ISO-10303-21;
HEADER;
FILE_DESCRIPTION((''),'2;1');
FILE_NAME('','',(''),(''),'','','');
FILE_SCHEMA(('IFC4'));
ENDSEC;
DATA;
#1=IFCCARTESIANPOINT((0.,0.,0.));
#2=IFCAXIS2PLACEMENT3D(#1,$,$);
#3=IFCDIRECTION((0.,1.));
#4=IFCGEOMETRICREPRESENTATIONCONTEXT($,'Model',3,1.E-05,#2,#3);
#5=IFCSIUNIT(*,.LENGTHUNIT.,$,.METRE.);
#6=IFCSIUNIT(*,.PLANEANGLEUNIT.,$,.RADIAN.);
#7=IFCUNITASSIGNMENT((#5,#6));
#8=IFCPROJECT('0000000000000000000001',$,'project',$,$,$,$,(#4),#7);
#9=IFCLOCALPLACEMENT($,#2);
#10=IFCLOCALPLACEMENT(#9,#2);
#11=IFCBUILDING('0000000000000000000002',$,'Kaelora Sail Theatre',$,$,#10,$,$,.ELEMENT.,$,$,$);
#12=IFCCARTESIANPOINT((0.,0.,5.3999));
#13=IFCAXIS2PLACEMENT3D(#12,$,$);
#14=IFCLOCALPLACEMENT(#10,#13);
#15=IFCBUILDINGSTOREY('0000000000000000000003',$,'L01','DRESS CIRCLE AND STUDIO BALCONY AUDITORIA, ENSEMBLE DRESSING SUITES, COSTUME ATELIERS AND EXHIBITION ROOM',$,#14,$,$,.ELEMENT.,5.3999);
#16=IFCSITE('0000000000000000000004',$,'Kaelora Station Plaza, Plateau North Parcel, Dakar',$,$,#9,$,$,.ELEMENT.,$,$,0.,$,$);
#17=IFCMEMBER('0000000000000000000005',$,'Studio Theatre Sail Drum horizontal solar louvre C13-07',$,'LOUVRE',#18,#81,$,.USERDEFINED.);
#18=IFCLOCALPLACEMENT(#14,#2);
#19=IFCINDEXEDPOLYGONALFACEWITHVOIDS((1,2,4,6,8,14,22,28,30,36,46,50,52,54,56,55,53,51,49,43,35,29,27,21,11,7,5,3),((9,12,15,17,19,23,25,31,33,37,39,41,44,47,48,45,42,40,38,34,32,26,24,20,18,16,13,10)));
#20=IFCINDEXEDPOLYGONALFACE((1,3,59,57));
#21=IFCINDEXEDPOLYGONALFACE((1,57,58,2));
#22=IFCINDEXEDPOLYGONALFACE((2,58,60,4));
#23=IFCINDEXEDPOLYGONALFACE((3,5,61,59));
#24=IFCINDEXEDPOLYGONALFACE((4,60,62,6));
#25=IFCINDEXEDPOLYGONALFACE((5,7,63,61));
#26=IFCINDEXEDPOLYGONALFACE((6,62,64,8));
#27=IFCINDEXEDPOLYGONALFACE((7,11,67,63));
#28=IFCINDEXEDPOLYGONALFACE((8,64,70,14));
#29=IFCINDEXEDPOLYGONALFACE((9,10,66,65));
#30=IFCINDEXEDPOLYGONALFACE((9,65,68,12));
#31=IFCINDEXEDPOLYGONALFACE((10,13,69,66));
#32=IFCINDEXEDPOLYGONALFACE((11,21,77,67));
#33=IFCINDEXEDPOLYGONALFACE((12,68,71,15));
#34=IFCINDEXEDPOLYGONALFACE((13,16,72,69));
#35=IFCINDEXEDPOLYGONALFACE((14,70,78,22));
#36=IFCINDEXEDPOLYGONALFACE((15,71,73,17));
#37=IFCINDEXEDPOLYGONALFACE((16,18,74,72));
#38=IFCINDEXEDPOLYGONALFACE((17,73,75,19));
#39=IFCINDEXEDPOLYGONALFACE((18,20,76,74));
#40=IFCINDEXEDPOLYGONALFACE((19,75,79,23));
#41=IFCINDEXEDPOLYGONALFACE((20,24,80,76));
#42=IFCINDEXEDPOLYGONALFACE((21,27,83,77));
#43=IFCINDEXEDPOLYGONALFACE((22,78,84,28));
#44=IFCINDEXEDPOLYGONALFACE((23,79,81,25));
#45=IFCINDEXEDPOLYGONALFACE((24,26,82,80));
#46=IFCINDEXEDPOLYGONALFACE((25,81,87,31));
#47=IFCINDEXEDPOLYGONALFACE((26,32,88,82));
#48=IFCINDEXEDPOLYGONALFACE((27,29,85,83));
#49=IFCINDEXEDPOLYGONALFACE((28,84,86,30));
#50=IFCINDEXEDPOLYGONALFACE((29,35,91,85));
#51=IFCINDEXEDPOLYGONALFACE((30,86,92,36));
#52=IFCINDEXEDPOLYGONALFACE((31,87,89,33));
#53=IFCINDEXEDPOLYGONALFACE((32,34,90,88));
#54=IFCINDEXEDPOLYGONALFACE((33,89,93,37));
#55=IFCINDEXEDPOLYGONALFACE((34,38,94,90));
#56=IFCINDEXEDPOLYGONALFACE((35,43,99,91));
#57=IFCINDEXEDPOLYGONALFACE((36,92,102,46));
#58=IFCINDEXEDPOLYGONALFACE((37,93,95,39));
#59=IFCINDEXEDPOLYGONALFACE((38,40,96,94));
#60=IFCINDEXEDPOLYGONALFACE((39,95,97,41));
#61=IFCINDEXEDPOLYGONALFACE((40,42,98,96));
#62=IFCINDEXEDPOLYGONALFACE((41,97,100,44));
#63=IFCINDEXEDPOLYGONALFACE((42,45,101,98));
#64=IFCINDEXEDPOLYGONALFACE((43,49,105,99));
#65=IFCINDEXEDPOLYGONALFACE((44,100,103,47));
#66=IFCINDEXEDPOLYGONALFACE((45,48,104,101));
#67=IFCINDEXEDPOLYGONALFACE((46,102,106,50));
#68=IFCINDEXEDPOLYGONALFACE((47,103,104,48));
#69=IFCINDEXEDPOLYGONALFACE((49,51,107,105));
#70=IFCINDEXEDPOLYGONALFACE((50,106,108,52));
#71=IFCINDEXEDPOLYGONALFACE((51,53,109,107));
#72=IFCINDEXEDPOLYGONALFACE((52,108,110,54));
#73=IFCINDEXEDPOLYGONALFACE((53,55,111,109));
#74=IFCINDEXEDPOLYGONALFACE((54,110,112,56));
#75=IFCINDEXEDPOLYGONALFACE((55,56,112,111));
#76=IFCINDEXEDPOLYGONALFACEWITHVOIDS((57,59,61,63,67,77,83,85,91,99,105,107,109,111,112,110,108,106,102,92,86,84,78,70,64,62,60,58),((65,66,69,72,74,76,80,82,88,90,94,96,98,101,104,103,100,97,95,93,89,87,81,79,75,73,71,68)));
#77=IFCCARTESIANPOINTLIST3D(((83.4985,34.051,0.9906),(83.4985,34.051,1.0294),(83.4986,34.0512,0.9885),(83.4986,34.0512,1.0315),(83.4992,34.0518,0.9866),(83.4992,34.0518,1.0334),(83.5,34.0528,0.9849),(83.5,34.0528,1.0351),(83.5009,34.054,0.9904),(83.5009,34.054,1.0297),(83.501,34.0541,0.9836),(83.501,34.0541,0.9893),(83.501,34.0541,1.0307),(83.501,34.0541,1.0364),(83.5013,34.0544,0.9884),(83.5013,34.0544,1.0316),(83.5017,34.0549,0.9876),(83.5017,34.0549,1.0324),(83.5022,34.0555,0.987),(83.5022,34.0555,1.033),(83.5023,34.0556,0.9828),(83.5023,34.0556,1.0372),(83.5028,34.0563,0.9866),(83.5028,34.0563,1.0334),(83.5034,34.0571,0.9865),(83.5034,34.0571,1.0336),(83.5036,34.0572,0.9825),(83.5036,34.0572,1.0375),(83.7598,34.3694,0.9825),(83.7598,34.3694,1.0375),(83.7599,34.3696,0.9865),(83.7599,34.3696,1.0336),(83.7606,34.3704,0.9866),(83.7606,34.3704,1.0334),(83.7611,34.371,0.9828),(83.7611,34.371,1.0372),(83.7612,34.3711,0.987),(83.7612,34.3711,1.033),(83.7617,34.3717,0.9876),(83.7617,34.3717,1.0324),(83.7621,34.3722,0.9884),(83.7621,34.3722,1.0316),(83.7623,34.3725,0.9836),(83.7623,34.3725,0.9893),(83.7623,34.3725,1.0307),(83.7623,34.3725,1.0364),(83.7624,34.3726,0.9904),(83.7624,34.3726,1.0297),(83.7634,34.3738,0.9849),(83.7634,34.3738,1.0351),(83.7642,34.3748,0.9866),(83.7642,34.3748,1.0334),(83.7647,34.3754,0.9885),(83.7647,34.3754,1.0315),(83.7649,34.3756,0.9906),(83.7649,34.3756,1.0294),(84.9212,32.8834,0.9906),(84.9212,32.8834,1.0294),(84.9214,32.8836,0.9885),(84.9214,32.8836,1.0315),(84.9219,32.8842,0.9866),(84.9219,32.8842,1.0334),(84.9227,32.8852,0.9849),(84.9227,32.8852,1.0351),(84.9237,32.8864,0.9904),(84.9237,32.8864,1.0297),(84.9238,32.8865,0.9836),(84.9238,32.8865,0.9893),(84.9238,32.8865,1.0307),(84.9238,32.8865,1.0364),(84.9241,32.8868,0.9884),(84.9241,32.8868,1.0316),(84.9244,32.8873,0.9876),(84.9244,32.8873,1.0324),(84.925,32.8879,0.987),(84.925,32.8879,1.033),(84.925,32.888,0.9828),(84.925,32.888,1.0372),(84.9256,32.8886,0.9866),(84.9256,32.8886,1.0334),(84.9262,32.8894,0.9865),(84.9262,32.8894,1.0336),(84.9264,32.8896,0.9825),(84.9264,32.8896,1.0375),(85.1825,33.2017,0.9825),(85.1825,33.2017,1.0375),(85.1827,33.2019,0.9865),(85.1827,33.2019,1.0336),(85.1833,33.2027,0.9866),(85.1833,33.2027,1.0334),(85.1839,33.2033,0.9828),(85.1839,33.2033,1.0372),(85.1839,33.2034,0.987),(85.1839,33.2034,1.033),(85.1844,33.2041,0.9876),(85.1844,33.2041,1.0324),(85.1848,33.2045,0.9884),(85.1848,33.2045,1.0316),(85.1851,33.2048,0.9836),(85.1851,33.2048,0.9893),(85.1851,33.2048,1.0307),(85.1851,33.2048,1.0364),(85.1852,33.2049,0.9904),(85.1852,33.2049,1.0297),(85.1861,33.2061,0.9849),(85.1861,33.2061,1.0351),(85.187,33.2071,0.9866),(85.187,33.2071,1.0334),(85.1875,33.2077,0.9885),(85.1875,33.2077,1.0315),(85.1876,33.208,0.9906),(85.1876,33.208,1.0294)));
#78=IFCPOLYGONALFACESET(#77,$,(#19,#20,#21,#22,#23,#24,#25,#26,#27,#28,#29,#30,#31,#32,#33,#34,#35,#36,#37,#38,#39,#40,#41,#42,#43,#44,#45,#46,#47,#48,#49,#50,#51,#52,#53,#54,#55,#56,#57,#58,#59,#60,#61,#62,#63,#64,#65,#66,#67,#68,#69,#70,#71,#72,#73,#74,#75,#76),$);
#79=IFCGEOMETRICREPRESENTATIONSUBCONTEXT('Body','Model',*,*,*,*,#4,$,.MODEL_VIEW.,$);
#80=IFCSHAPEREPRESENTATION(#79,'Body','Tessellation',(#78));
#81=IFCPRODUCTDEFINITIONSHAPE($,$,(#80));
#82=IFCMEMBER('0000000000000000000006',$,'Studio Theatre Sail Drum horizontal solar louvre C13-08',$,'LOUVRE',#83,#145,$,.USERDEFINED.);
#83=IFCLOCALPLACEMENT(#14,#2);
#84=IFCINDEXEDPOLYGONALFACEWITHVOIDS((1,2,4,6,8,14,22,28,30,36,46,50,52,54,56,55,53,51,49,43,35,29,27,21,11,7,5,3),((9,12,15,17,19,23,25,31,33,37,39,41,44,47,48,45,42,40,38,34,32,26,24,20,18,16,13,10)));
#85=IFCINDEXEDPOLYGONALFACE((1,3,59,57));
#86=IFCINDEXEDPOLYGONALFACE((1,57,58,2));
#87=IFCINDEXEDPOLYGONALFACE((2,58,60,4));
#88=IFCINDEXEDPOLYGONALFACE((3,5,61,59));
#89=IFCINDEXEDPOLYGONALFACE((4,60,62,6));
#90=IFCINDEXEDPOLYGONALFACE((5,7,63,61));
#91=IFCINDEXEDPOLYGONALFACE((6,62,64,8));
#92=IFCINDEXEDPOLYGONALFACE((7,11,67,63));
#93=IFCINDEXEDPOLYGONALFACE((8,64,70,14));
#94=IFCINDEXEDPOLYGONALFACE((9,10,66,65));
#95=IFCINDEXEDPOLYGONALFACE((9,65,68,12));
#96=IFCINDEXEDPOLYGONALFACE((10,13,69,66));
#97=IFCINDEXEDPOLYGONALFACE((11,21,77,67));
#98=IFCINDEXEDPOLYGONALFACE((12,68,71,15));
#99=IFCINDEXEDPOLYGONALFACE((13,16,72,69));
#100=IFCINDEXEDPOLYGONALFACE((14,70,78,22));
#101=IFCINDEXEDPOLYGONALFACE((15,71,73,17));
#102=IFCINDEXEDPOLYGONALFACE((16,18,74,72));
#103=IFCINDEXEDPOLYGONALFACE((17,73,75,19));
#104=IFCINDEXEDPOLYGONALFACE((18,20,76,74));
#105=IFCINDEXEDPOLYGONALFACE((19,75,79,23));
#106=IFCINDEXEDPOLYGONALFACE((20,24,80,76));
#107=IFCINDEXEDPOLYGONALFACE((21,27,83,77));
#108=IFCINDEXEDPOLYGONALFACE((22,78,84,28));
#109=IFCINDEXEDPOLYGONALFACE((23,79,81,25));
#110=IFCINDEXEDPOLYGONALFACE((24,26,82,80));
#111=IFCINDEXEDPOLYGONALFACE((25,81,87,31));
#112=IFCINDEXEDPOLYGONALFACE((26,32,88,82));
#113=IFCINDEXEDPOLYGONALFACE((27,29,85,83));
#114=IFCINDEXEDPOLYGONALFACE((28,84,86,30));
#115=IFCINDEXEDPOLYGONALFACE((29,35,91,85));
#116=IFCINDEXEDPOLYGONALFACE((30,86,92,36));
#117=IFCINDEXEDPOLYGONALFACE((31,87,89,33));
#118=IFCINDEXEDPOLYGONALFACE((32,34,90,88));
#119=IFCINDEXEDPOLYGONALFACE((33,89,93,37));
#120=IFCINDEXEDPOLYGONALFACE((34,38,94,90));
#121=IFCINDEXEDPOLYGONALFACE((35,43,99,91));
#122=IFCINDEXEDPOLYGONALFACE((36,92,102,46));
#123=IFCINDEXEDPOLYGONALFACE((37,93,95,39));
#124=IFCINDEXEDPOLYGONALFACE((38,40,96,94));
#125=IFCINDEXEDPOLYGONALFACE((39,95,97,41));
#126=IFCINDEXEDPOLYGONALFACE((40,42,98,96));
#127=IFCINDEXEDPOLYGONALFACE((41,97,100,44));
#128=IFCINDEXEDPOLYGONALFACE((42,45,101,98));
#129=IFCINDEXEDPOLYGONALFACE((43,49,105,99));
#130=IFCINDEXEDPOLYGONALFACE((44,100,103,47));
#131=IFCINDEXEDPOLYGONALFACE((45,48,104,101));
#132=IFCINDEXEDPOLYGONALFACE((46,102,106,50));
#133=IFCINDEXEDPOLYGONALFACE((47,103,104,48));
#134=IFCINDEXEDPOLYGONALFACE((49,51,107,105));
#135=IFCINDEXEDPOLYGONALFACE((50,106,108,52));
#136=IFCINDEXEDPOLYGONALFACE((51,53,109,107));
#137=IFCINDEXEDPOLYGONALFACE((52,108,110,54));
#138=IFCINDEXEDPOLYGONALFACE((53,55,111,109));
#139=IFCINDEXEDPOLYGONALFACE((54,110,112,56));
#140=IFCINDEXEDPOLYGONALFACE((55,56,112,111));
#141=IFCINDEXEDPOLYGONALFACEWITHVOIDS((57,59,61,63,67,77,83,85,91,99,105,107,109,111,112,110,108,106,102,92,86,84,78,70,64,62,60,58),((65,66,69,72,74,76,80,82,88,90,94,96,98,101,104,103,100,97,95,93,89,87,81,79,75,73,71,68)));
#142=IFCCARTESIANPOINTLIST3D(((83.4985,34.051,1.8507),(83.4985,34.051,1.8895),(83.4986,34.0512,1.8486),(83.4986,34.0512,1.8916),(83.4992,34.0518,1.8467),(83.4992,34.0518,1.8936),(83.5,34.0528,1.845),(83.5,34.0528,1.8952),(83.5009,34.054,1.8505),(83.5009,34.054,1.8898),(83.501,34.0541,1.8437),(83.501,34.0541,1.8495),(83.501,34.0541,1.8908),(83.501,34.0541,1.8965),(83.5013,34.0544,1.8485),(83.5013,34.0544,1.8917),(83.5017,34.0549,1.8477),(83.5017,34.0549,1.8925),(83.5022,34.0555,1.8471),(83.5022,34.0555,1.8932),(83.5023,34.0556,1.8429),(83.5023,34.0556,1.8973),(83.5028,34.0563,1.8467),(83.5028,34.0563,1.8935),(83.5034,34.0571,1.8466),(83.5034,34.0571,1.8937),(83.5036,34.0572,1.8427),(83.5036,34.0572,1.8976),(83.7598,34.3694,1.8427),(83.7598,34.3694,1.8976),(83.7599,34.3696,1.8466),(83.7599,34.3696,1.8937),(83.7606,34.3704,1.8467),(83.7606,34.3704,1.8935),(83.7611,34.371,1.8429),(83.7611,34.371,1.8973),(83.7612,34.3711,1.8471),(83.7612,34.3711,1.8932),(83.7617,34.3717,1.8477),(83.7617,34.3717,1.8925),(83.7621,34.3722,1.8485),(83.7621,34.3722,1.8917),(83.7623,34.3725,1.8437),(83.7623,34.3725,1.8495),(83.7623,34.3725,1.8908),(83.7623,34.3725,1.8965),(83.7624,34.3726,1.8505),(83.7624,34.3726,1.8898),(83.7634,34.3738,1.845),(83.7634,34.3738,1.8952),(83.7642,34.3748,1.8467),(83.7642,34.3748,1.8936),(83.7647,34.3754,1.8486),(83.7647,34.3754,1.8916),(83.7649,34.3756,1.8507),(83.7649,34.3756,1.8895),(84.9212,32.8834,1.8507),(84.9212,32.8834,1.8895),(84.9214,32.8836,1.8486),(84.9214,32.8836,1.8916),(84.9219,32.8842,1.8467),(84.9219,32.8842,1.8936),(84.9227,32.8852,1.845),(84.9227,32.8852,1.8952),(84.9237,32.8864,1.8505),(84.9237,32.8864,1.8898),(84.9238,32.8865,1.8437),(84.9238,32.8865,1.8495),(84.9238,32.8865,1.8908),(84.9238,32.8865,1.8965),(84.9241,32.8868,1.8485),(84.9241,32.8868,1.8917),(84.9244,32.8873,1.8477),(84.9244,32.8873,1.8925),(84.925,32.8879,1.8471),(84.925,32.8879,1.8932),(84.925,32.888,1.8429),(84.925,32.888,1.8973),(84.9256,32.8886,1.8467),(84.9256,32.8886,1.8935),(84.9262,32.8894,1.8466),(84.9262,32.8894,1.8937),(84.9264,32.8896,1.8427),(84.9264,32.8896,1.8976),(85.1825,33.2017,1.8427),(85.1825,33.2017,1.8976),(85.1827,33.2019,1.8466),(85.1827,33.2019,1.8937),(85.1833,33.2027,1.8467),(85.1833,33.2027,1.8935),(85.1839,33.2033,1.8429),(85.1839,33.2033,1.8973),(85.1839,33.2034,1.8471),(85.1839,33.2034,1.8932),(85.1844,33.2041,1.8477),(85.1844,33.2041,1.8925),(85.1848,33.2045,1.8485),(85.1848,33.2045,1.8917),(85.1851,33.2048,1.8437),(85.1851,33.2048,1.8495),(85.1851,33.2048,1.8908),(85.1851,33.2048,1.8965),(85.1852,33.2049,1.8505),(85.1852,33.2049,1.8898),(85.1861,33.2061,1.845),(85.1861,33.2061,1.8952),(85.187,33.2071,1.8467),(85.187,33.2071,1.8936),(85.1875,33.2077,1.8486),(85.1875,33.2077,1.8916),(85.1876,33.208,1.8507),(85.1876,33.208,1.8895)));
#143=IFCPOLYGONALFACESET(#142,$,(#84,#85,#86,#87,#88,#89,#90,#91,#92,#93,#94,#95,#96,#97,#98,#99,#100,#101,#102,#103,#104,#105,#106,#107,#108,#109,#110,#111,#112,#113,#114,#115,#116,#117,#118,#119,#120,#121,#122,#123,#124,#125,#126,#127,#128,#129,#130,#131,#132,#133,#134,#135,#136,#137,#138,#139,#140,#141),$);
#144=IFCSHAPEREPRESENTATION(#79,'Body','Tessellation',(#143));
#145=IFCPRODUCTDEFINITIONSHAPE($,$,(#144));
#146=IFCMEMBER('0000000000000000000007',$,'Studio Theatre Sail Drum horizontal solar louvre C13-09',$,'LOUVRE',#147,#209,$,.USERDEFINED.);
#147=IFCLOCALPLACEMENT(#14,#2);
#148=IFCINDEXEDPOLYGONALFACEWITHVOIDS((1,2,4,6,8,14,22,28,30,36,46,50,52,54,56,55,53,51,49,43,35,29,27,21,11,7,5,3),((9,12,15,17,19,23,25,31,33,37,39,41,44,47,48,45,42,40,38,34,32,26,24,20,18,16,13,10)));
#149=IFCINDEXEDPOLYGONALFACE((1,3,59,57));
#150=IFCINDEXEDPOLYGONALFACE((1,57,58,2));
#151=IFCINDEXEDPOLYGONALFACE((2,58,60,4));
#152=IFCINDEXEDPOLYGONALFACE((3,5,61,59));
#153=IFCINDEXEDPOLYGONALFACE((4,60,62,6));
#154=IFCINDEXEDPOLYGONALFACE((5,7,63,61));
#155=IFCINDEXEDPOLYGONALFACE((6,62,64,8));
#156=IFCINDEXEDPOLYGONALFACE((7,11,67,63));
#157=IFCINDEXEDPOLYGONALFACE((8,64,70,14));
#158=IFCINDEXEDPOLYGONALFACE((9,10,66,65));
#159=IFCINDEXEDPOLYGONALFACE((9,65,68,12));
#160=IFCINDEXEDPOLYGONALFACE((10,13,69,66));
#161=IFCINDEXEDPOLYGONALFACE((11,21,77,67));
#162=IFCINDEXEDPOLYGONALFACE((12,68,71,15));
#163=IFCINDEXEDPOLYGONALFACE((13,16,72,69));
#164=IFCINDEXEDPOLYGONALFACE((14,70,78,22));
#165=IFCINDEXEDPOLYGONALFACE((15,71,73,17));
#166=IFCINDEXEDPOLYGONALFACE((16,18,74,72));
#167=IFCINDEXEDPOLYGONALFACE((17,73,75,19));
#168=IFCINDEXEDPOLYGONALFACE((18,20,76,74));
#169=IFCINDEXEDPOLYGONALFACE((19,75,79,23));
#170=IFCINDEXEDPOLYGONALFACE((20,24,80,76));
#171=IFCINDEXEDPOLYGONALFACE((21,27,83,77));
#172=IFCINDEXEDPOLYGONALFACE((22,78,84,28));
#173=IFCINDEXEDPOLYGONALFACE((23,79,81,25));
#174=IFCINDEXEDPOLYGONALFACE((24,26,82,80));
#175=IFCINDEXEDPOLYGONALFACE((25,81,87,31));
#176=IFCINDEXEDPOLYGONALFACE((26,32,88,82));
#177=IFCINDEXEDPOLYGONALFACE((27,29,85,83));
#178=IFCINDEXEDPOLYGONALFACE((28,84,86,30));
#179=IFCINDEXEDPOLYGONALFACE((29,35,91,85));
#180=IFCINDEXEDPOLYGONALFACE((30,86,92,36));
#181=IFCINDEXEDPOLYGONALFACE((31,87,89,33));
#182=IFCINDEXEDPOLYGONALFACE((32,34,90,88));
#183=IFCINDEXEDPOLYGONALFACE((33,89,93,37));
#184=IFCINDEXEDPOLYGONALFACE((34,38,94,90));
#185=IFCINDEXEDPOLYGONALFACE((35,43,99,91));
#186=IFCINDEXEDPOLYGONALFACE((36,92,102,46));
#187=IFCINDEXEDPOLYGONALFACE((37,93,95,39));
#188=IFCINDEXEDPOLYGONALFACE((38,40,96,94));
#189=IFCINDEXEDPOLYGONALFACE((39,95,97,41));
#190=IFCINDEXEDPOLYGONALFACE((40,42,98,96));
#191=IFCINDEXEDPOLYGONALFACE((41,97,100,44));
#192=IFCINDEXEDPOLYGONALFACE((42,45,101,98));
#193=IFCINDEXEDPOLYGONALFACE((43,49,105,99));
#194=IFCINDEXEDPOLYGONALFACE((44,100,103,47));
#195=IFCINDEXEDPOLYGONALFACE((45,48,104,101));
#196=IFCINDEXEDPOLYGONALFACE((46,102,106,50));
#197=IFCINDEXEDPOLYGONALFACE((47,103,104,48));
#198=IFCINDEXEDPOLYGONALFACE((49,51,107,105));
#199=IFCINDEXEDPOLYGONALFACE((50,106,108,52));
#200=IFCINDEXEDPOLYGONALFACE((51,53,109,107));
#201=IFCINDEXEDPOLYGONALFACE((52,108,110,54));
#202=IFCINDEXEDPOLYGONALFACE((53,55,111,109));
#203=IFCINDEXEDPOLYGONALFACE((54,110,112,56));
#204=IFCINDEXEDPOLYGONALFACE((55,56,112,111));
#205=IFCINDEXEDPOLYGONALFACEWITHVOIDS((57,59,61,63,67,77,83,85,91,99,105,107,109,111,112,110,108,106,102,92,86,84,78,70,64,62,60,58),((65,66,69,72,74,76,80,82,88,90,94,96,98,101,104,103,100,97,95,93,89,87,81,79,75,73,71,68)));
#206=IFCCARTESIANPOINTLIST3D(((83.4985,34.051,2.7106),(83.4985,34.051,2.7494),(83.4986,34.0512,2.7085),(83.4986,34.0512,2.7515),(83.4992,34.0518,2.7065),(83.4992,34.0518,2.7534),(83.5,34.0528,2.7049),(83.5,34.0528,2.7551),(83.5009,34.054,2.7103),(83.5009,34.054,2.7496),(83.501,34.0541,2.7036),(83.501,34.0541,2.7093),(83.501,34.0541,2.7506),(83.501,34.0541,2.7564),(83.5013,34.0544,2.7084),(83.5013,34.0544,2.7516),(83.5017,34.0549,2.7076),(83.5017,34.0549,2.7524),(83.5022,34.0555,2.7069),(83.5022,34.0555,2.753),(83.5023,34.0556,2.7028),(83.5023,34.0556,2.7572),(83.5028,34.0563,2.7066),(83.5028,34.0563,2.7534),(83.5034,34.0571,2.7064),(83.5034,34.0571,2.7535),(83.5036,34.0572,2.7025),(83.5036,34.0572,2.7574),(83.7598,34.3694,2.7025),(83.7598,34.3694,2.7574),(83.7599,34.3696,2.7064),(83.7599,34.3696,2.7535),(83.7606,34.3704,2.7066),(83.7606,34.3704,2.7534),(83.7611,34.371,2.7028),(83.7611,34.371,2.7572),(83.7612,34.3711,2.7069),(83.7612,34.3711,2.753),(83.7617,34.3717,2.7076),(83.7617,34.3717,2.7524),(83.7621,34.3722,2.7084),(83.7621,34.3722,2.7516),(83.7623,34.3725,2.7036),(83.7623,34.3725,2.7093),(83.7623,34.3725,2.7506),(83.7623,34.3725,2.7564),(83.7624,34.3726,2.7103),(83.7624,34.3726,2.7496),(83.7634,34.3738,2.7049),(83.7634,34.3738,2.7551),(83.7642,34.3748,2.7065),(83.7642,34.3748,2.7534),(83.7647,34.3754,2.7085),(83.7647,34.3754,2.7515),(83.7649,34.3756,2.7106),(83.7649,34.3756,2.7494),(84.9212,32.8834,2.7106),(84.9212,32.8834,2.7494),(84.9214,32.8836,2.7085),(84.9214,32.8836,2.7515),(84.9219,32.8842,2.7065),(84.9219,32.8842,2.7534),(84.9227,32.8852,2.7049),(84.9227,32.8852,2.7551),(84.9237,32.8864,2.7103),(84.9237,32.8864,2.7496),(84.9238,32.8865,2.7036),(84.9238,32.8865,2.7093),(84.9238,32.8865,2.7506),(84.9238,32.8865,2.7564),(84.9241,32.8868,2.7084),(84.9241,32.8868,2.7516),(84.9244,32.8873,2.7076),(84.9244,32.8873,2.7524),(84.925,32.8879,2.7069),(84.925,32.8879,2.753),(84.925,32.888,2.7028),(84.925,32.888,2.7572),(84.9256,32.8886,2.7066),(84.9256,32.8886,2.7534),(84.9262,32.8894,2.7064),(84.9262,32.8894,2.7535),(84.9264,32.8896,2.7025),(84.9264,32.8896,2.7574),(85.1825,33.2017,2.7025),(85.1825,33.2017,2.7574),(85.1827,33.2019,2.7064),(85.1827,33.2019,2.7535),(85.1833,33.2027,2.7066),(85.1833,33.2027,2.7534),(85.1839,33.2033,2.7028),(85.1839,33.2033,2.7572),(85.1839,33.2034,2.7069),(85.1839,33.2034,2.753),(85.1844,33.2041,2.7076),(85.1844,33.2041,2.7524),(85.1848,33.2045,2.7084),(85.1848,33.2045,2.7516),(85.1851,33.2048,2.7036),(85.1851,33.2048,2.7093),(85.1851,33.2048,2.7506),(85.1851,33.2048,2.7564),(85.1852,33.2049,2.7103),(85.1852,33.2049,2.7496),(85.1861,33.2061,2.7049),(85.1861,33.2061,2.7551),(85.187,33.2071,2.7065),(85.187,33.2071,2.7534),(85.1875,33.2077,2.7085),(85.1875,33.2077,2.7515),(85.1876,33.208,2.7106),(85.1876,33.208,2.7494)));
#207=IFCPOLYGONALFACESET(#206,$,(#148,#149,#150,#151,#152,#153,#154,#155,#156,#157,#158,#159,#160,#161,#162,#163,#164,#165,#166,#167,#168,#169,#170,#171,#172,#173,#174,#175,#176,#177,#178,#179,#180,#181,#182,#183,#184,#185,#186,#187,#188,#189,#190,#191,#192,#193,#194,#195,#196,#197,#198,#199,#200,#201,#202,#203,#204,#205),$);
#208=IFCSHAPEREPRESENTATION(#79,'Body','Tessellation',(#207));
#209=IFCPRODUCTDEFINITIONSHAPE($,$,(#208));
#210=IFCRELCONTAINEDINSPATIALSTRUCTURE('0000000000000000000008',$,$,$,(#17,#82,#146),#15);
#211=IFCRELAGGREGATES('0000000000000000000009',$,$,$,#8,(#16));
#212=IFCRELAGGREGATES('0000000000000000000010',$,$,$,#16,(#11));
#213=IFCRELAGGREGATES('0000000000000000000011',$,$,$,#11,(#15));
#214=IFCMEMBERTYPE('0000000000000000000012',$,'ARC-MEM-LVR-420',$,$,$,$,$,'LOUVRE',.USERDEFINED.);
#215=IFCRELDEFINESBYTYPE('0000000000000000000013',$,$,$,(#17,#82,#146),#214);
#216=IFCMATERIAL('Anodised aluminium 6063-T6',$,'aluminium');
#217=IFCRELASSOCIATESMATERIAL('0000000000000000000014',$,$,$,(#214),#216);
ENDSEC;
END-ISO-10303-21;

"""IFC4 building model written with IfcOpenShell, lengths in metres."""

from ifc_helpers import new_model, si_unit, direction, frame, origin, origin_2d, place, context, subcontext, project, spatial, hollow_rectangle, extrude, material, material_profile, profile_set, type_object, element, save


model = new_model("IFC4")

# Units and contexts
model_context = context("Model", 3, precision=1e-05, world=origin(), true_north=direction((0.0, 1.0)))
body_context = subcontext(model_context, "Body", "Model", "MODEL_VIEW")
ifc_project = project(units=[si_unit("LENGTHUNIT", "METRE"), si_unit("PLANEANGLEUNIT", "RADIAN")], contexts=[model_context])

# Site, building, storey
site_placement = place(None, origin())
site = spatial("IfcSite", under=ifc_project, at=site_placement, Name="Kaelora Station Plaza, Plateau North Parcel, Dakar", CompositionType="ELEMENT", RefElevation=0.0)
building_placement = place(site_placement, origin())
building = spatial("IfcBuilding", under=site, at=building_placement, Name="Kaelora Sail Theatre", CompositionType="ELEMENT")
storey_placement = place(building_placement, frame((0.0, 0.0, 5.3999)))
storey = spatial("IfcBuildingStorey", under=building, at=storey_placement, Name="L01", Description="DRESS CIRCLE AND STUDIO BALCONY AUDITORIA, ENSEMBLE DRESSING SUITES, COSTUME ATELIERS AND EXHIBITION ROOM", CompositionType="ELEMENT", Elevation=5.3999)

# Members
ifc_material_1 = material(Name="Anodised aluminium 6063-T6", Category="aluminium")
ifc_material_profile_1 = material_profile(ifc_material_1, hollow_rectangle(XDim=0.4199, YDim=0.0549, WallThickness=0.0039, InnerFilletRadius=0.0039, OuterFilletRadius=0.0081, at=origin_2d()), Name="LOUVRE 420x55x4")
ifc_profile_set_1 = profile_set([ifc_material_profile_1], Name="Anodised aluminium 6063-T6")
member_type = type_object("IfcMemberType", Name="ARC-MEM-LVR-420", ElementType="LOUVRE", PredefinedType="USERDEFINED", material=ifc_profile_set_1)
for number, where, z_axis, x_axis, name in (
    (1, (85.0544, 33.0457, 1.01), (-0.773005, 0.6344, 0.0), (-0.6344, -0.773005, 0.0), "Studio Theatre Sail Drum horizontal solar louvre C13-07"),
    (2, (85.0544, 33.0457, 1.8701), (-0.773005, 0.6344, 0.0), (-0.6344, -0.773005, 0.0), "Studio Theatre Sail Drum horizontal solar louvre C13-08"),
    (3, (85.0544, 33.0457, 2.73), (-0.773005, 0.6344, 0.0), (-0.6344, -0.773005, 0.0), "Studio Theatre Sail Drum horizontal solar louvre C13-09"),
):
    element("IfcMember", number, at=place(storey_placement, frame(where, z_axis=z_axis, x_axis=x_axis)), inside=storey, type_object=member_type, Name=name, ObjectType="LOUVRE", PredefinedType="USERDEFINED", context=body_context, shape_type="SweptSolid", body=[
        extrude(hollow_rectangle(XDim=0.4199, YDim=0.0549, WallThickness=0.0039, InnerFilletRadius=0.0039, OuterFilletRadius=0.0081, at=origin_2d()), origin(), (0.0, 0.0, 1.0), 1.8406),
    ])

save(model, "model.ifc")
